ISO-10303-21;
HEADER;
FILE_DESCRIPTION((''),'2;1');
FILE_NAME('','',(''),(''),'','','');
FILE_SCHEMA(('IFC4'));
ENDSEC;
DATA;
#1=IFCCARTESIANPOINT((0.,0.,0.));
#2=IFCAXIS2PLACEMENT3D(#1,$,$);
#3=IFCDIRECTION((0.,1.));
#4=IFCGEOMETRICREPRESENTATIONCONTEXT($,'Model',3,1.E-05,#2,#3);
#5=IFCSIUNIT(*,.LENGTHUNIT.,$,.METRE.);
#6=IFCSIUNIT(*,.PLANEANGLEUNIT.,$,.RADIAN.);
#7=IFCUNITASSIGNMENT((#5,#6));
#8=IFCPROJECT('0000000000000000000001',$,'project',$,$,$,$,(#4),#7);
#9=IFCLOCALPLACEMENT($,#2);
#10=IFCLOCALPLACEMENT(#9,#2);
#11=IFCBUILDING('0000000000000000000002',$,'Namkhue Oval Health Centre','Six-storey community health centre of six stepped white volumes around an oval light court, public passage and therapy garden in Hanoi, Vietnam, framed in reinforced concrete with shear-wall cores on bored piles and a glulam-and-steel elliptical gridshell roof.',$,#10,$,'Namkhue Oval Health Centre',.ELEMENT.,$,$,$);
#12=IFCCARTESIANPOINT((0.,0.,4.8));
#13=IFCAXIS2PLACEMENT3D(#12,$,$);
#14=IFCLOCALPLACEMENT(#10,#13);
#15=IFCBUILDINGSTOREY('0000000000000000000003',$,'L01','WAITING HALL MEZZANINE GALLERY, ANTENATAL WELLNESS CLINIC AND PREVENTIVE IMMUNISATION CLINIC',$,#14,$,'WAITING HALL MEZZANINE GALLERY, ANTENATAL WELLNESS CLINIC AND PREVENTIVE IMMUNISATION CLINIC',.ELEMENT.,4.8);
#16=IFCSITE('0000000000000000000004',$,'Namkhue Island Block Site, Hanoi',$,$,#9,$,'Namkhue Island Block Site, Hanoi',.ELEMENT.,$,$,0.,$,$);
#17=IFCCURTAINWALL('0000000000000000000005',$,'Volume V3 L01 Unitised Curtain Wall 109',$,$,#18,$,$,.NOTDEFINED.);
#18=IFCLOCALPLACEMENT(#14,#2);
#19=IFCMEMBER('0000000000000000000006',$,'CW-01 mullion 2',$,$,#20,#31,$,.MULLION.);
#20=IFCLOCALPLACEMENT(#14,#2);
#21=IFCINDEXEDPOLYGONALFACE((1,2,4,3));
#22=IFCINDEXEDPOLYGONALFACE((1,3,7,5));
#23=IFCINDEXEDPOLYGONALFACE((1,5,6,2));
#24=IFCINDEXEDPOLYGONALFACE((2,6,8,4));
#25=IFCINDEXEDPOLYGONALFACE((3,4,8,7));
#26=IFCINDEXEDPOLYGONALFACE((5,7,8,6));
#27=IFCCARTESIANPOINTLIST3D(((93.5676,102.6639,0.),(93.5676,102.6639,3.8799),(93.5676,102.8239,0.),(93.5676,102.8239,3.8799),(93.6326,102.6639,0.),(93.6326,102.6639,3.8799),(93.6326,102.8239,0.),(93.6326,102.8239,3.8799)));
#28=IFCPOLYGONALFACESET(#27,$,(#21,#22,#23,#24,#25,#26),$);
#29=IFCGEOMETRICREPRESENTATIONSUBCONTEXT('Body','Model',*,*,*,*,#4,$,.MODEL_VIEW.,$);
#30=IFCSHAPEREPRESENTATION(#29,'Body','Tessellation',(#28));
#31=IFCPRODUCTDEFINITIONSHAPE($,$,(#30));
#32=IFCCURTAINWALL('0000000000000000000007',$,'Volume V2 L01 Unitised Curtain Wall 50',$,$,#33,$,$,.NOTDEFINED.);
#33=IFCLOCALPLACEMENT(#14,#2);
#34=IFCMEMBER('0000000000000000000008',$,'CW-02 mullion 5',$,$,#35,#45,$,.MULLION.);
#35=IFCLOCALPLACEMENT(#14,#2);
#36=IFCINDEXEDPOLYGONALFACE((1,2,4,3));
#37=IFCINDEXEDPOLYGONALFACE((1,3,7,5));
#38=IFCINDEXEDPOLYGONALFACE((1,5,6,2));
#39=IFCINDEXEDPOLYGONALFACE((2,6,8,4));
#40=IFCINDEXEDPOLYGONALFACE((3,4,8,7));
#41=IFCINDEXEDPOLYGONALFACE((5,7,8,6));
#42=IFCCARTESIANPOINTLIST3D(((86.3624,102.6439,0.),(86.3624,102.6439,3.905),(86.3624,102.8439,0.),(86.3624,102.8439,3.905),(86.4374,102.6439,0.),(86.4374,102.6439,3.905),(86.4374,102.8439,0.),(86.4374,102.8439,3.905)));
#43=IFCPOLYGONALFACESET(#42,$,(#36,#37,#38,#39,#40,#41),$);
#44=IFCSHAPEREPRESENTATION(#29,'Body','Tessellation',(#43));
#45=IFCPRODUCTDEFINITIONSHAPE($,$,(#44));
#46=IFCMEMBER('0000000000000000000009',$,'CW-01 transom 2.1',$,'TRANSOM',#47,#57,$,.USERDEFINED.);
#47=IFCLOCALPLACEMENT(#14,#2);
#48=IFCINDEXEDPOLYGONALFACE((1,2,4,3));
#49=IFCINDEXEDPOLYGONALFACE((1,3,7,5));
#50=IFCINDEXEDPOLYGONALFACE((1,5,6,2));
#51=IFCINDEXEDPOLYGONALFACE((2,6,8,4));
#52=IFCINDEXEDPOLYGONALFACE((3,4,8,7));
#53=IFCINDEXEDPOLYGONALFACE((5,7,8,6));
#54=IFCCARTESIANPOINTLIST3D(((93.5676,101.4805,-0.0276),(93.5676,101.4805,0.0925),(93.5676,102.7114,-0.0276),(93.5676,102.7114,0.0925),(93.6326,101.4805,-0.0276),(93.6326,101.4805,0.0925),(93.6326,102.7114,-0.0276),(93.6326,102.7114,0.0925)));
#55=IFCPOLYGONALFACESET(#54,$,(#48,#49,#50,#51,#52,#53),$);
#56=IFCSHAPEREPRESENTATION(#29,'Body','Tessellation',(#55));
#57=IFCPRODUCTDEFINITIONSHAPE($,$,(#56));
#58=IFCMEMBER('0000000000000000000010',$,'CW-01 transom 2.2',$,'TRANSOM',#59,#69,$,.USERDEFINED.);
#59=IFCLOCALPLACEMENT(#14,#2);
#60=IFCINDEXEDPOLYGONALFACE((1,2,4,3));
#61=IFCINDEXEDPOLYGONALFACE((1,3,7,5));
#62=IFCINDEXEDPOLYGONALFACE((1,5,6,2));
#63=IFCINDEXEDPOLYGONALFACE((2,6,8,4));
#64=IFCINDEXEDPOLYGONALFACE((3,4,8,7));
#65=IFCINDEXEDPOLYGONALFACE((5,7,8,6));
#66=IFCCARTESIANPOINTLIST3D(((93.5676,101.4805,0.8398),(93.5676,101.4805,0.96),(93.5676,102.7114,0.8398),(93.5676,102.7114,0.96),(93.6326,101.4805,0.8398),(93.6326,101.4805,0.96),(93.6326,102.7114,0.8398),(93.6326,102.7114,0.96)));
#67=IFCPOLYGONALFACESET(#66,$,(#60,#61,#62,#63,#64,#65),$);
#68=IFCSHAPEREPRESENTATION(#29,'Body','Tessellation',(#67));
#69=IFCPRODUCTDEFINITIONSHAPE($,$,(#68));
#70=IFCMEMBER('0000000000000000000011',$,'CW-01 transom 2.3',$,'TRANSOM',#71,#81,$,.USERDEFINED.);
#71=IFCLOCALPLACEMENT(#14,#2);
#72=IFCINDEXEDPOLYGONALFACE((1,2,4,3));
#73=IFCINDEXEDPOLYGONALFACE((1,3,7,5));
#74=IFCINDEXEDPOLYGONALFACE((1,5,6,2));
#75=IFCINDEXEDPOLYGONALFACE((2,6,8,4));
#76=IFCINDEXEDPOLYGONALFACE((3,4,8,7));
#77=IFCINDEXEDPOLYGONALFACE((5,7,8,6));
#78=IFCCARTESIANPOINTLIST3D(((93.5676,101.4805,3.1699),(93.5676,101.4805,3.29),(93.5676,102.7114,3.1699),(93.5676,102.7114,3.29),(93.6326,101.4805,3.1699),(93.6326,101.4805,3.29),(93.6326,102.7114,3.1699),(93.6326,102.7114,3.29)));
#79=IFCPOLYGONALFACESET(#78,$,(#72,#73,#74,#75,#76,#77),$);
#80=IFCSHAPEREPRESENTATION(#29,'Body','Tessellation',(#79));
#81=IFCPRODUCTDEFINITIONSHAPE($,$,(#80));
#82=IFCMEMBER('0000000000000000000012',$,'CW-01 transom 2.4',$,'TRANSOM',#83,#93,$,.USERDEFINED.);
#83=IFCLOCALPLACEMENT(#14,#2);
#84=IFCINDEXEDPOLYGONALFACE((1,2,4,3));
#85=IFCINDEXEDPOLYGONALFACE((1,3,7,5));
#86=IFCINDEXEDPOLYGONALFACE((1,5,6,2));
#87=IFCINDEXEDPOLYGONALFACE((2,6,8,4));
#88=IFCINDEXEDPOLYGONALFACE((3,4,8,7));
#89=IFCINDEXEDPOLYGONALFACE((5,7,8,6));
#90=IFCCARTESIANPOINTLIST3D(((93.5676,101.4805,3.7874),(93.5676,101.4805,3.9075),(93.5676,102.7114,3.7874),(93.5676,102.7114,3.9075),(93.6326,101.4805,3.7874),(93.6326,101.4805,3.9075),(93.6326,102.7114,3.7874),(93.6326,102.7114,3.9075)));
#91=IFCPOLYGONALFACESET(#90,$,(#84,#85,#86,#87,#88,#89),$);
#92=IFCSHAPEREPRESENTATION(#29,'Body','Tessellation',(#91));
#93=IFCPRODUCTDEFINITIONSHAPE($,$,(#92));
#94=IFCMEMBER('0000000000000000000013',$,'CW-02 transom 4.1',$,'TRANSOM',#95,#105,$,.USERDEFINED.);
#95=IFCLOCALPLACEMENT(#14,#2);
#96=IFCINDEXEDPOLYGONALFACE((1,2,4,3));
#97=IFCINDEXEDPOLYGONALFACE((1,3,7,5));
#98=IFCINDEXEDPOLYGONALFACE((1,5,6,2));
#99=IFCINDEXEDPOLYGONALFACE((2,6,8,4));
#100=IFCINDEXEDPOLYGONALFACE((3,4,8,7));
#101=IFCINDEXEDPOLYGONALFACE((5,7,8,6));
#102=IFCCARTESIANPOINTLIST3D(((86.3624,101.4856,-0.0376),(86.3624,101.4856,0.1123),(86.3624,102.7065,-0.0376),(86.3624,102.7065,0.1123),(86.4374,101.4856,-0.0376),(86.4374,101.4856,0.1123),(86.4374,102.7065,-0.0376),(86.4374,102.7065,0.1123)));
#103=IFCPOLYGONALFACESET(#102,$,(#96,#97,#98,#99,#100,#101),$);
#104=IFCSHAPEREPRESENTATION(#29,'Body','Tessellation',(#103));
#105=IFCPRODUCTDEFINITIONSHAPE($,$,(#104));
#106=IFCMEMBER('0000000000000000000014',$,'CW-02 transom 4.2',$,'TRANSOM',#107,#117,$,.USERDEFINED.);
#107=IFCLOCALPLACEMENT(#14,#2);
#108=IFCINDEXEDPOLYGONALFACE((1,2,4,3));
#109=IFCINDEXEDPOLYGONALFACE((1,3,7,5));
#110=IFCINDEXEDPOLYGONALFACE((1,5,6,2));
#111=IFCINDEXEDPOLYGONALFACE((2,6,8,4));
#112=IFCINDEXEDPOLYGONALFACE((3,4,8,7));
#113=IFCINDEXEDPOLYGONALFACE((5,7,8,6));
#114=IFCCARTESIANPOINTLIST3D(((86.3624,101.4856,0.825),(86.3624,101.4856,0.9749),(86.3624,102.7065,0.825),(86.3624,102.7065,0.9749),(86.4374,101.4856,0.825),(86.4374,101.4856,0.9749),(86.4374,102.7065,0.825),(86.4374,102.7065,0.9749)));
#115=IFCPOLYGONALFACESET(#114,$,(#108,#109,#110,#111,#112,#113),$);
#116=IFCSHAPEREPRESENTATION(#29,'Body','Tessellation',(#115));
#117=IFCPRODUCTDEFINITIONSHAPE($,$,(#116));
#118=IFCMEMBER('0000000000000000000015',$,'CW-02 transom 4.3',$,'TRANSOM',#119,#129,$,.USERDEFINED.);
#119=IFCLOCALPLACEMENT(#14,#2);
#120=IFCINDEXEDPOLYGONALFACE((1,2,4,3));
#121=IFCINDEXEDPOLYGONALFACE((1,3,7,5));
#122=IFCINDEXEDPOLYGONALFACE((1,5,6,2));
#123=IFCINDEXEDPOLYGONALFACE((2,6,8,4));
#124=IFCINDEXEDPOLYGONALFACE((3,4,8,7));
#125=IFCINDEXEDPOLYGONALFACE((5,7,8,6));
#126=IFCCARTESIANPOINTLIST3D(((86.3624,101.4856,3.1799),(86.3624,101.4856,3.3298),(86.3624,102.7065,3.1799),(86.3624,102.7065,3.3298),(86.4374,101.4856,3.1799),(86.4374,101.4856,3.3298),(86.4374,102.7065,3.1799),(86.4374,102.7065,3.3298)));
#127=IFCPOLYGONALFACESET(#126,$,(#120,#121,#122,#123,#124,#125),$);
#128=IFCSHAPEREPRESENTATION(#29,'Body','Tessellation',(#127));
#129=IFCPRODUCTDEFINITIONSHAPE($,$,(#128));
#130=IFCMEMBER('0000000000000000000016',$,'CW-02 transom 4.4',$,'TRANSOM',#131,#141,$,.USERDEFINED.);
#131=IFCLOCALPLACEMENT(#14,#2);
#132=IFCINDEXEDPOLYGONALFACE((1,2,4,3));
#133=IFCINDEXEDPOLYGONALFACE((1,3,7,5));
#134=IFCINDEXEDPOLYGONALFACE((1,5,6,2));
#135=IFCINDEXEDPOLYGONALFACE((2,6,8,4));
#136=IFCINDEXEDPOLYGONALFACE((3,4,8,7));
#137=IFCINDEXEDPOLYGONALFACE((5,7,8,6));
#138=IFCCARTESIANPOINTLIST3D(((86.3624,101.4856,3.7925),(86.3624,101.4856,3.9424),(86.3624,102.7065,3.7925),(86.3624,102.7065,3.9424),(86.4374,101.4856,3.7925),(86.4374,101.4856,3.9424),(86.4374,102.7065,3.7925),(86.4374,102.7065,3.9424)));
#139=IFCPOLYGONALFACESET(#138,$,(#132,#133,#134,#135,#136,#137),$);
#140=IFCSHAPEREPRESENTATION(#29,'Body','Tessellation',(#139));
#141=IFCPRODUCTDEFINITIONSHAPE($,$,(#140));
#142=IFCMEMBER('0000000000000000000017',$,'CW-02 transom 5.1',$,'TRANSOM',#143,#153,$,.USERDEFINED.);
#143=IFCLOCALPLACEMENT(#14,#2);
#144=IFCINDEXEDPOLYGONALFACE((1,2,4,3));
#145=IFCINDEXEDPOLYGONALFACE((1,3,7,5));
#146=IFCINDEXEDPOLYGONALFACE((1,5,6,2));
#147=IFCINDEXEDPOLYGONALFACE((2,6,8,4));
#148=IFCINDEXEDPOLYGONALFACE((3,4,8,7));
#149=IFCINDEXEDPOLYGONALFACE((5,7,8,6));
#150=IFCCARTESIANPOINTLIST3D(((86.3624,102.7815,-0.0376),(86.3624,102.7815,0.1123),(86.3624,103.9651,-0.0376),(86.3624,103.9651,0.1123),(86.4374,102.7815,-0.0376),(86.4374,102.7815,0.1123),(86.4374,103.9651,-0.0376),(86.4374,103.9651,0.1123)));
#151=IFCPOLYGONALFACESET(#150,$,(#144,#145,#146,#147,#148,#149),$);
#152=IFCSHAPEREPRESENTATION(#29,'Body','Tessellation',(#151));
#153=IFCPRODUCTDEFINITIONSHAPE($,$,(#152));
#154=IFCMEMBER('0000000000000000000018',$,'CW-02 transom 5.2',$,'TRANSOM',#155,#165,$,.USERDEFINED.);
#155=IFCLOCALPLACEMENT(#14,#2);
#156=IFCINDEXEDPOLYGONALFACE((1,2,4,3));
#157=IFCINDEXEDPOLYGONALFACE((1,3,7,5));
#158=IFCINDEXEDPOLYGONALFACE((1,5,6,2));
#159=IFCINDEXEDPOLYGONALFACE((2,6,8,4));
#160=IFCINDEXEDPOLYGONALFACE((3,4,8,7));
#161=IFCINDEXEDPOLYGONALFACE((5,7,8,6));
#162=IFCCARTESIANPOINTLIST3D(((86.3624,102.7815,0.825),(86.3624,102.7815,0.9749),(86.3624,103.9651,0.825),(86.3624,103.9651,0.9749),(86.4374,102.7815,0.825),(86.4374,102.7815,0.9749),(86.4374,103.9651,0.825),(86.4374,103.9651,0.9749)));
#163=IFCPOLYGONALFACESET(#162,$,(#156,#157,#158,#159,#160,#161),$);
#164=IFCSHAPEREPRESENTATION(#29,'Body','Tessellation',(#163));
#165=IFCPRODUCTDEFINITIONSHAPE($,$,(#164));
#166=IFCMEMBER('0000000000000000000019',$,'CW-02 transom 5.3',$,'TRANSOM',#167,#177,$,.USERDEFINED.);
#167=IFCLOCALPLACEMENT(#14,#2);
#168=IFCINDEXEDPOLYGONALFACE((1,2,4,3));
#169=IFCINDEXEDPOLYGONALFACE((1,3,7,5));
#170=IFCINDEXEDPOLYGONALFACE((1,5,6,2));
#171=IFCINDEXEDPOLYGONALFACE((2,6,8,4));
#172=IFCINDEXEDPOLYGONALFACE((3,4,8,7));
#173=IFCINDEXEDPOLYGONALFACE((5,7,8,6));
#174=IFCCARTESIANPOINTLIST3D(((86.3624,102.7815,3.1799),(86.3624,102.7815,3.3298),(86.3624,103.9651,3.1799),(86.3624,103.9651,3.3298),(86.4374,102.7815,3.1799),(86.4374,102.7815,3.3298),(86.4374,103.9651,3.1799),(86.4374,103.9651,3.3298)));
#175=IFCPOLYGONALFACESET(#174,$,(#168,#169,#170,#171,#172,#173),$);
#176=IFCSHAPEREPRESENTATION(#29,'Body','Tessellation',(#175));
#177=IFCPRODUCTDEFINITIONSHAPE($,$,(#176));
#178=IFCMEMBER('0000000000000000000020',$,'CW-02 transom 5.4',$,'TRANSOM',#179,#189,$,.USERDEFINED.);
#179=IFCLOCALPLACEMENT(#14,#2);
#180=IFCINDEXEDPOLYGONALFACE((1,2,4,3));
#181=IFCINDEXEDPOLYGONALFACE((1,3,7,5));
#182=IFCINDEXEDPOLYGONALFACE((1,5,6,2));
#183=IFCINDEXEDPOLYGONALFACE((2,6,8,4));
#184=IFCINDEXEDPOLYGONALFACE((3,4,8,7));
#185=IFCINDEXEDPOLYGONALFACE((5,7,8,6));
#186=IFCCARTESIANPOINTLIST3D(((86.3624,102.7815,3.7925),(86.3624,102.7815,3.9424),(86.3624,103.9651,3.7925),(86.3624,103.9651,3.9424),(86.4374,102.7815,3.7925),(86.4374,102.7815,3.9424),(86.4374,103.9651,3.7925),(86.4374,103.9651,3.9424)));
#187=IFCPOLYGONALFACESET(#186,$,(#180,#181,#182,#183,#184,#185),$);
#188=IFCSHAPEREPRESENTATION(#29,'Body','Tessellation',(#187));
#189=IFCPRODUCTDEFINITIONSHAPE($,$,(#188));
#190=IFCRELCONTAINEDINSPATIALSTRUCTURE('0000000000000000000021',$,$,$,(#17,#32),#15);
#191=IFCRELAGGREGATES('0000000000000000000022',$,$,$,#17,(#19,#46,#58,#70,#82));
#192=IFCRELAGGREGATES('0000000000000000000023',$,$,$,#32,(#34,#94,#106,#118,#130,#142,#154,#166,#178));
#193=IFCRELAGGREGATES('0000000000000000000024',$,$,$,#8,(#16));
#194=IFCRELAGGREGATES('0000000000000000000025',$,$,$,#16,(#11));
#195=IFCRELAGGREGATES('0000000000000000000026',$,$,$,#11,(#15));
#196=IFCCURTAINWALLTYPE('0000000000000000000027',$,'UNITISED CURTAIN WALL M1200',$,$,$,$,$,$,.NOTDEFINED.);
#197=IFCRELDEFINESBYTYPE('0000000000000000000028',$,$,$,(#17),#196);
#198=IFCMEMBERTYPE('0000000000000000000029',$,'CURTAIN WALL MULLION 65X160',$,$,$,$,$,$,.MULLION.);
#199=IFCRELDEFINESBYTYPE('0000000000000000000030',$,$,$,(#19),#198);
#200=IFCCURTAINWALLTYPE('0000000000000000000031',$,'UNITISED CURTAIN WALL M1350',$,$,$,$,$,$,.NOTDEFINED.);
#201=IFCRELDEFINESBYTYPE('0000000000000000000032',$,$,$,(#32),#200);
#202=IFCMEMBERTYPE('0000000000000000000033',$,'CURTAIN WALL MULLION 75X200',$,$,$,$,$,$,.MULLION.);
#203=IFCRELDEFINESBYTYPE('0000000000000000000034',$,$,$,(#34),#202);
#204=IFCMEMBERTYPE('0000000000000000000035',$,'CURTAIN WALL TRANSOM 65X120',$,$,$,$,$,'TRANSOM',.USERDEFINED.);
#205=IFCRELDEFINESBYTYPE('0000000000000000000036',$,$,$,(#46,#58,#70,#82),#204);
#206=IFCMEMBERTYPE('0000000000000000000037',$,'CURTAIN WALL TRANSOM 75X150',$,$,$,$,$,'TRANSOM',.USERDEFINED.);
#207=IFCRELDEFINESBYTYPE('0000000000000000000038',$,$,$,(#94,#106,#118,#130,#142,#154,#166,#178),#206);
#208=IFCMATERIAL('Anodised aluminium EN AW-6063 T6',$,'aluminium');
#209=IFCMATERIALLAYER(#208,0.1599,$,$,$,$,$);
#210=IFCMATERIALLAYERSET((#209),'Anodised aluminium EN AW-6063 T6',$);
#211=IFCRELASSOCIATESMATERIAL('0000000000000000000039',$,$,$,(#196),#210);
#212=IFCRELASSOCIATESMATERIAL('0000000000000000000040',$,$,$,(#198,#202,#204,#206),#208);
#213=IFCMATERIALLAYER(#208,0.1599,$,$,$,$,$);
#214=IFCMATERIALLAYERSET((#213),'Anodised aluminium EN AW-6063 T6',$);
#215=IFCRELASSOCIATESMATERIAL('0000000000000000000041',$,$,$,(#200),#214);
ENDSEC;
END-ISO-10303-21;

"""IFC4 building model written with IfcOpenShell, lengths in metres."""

from ifc_helpers import new_model, si_unit, direction, frame, origin, origin_2d, place, context, subcontext, project, spatial, rectangle, extrude, material, layer, layer_set, material_profile, profile_set, type_object, element, aggregate, save


model = new_model("IFC4")

# Units and contexts
model_context = context("Model", 3, precision=1e-05, world=origin(), true_north=direction((0.0, 1.0)))
body_context = subcontext(model_context, "Body", "Model", "MODEL_VIEW")
ifc_project = project(units=[si_unit("LENGTHUNIT", "METRE"), si_unit("PLANEANGLEUNIT", "RADIAN")], contexts=[model_context])

# Site, building, storey
site_placement = place(None, origin())
site = spatial("IfcSite", under=ifc_project, at=site_placement, Name="Namkhue Island Block Site, Hanoi", LongName="Namkhue Island Block Site, Hanoi", CompositionType="ELEMENT", RefElevation=0.0)
building_placement = place(site_placement, origin())
building = spatial("IfcBuilding", under=site, at=building_placement, Name="Namkhue Oval Health Centre", Description="Six-storey community health centre of six stepped white volumes around an oval light court, public passage and therapy garden in Hanoi, Vietnam, framed in reinforced concrete with shear-wall cores on bored piles and a glulam-and-steel elliptical gridshell roof.", LongName="Namkhue Oval Health Centre", CompositionType="ELEMENT")
storey_placement = place(building_placement, frame((0.0, 0.0, 4.8)))
storey = spatial("IfcBuildingStorey", under=building, at=storey_placement, Name="L01", Description="WAITING HALL MEZZANINE GALLERY, ANTENATAL WELLNESS CLINIC AND PREVENTIVE IMMUNISATION CLINIC", LongName="WAITING HALL MEZZANINE GALLERY, ANTENATAL WELLNESS CLINIC AND PREVENTIVE IMMUNISATION CLINIC", CompositionType="ELEMENT", Elevation=4.8)

# Curtain walls, members
ifc_material_1 = material(Name="Anodised aluminium EN AW-6063 T6", Category="aluminium")
ifc_layer_1 = layer(ifc_material_1, 0.1599)
ifc_layer_set_1 = layer_set([ifc_layer_1], Name="Anodised aluminium EN AW-6063 T6")
curtain_wall_type_1 = type_object("IfcCurtainWallType", Name="UNITISED CURTAIN WALL M1200", PredefinedType="NOTDEFINED", material=ifc_layer_set_1)
curtain_wall_1_placement = place(storey_placement, origin())
curtain_wall_1 = element("IfcCurtainWall", 1, at=curtain_wall_1_placement, inside=storey, type_object=curtain_wall_type_1, Name="Volume V3 L01 Unitised Curtain Wall 109", PredefinedType="NOTDEFINED")
ifc_material_profile_1 = material_profile(ifc_material_1, rectangle(XDim=0.0649, YDim=0.1599, at=origin_2d()), Name="ALU 65x160")
ifc_profile_set_1 = profile_set([ifc_material_profile_1], Name="Anodised aluminium EN AW-6063 T6")
member_type_1 = type_object("IfcMemberType", Name="CURTAIN WALL MULLION 65X160", PredefinedType="MULLION", material=ifc_profile_set_1)
member_1_placement = place(storey_placement, frame((93.6001, 102.7439, 0.0), z_axis=(0.0, 0.0, 1.0), x_axis=(1.0, 0.0, 0.0)))
member_1 = element("IfcMember", 2, at=member_1_placement, type_object=member_type_1, Name="CW-01 mullion 2", PredefinedType="MULLION", context=body_context, shape_type="SweptSolid", body=[
    extrude(rectangle(XDim=0.0649, YDim=0.1599, at=origin_2d()), origin(), (0.0, 0.0, 1.0), 3.8799),
])
ifc_layer_2 = layer(ifc_material_1, 0.1599)
ifc_layer_set_2 = layer_set([ifc_layer_2], Name="Anodised aluminium EN AW-6063 T6")
curtain_wall_type_2 = type_object("IfcCurtainWallType", Name="UNITISED CURTAIN WALL M1350", PredefinedType="NOTDEFINED", material=ifc_layer_set_2)
curtain_wall_2_placement = place(storey_placement, origin())
curtain_wall_2 = element("IfcCurtainWall", 3, at=curtain_wall_2_placement, inside=storey, type_object=curtain_wall_type_2, Name="Volume V2 L01 Unitised Curtain Wall 50", PredefinedType="NOTDEFINED")
ifc_material_profile_2 = material_profile(ifc_material_1, rectangle(XDim=0.075, YDim=0.2, at=origin_2d()), Name="ALU 75x200")
ifc_profile_set_2 = profile_set([ifc_material_profile_2], Name="Anodised aluminium EN AW-6063 T6")
member_type_2 = type_object("IfcMemberType", Name="CURTAIN WALL MULLION 75X200", PredefinedType="MULLION", material=ifc_profile_set_2)
member_2_placement = place(storey_placement, frame((86.3999, 102.7439, 0.0), z_axis=(0.0, 0.0, 1.0), x_axis=(-1.0, 0.0, 0.0)))
member_2 = element("IfcMember", 4, at=member_2_placement, type_object=member_type_2, Name="CW-02 mullion 5", PredefinedType="MULLION", context=body_context, shape_type="SweptSolid", body=[
    extrude(rectangle(XDim=0.075, YDim=0.2, at=origin_2d()), origin(), (0.0, 0.0, 1.0), 3.905),
])

# Members
ifc_material_profile_3 = material_profile(ifc_material_1, rectangle(XDim=0.0649, YDim=0.1201, at=origin_2d()), Name="ALU 65x120")
ifc_profile_set_3 = profile_set([ifc_material_profile_3], Name="Anodised aluminium EN AW-6063 T6")
member_type_3 = type_object("IfcMemberType", Name="CURTAIN WALL TRANSOM 65X120", ElementType="TRANSOM", PredefinedType="USERDEFINED", material=ifc_profile_set_3)
member_3_placement = place(storey_placement, frame((93.6001, 102.7114, 0.0325), z_axis=(0.0, -1.0, 0.0), x_axis=(1.0, 0.0, 0.0)))
member_3 = element("IfcMember", 5, at=member_3_placement, type_object=member_type_3, Name="CW-01 transom 2.1", ObjectType="TRANSOM", PredefinedType="USERDEFINED", context=body_context, shape_type="SweptSolid", body=[
    extrude(rectangle(XDim=0.0649, YDim=0.1201, at=origin_2d()), origin(), (0.0, 0.0, 1.0), 1.231),
])
member_4_placement = place(storey_placement, frame((93.6001, 102.7114, 0.8999), z_axis=(0.0, -1.0, 0.0), x_axis=(1.0, 0.0, 0.0)))
member_4 = element("IfcMember", 6, at=member_4_placement, type_object=member_type_3, Name="CW-01 transom 2.2", ObjectType="TRANSOM", PredefinedType="USERDEFINED", context=body_context, shape_type="SweptSolid", body=[
    extrude(rectangle(XDim=0.0649, YDim=0.1201, at=origin_2d()), origin(), (0.0, 0.0, 1.0), 1.231),
])
member_5_placement = place(storey_placement, frame((93.6001, 102.7114, 3.23), z_axis=(0.0, -1.0, 0.0), x_axis=(1.0, 0.0, 0.0)))
member_5 = element("IfcMember", 7, at=member_5_placement, type_object=member_type_3, Name="CW-01 transom 2.3", ObjectType="TRANSOM", PredefinedType="USERDEFINED", context=body_context, shape_type="SweptSolid", body=[
    extrude(rectangle(XDim=0.0649, YDim=0.1201, at=origin_2d()), origin(), (0.0, 0.0, 1.0), 1.231),
])
member_6_placement = place(storey_placement, frame((93.6001, 102.7114, 3.8474), z_axis=(0.0, -1.0, 0.0), x_axis=(1.0, 0.0, 0.0)))
member_6 = element("IfcMember", 8, at=member_6_placement, type_object=member_type_3, Name="CW-01 transom 2.4", ObjectType="TRANSOM", PredefinedType="USERDEFINED", context=body_context, shape_type="SweptSolid", body=[
    extrude(rectangle(XDim=0.0649, YDim=0.1201, at=origin_2d()), origin(), (0.0, 0.0, 1.0), 1.231),
])
ifc_material_profile_4 = material_profile(ifc_material_1, rectangle(XDim=0.075, YDim=0.1499, at=origin_2d()), Name="ALU 75x150")
ifc_profile_set_4 = profile_set([ifc_material_profile_4], Name="Anodised aluminium EN AW-6063 T6")
member_type_4 = type_object("IfcMemberType", Name="CURTAIN WALL TRANSOM 75X150", ElementType="TRANSOM", PredefinedType="USERDEFINED", material=ifc_profile_set_4)
member_7_placement = place(storey_placement, frame((86.3999, 101.4856, 0.0374), z_axis=(0.0, 1.0, 0.0), x_axis=(-1.0, 0.0, 0.0)))
member_7 = element("IfcMember", 9, at=member_7_placement, type_object=member_type_4, Name="CW-02 transom 4.1", ObjectType="TRANSOM", PredefinedType="USERDEFINED", context=body_context, shape_type="SweptSolid", body=[
    extrude(rectangle(XDim=0.075, YDim=0.1499, at=origin_2d()), origin(), (0.0, 0.0, 1.0), 1.2209),
])
member_8_placement = place(storey_placement, frame((86.3999, 101.4856, 0.8999), z_axis=(0.0, 1.0, 0.0), x_axis=(-1.0, 0.0, 0.0)))
member_8 = element("IfcMember", 10, at=member_8_placement, type_object=member_type_4, Name="CW-02 transom 4.2", ObjectType="TRANSOM", PredefinedType="USERDEFINED", context=body_context, shape_type="SweptSolid", body=[
    extrude(rectangle(XDim=0.075, YDim=0.1499, at=origin_2d()), origin(), (0.0, 0.0, 1.0), 1.2209),
])
member_9_placement = place(storey_placement, frame((86.3999, 101.4856, 3.2549), z_axis=(0.0, 1.0, 0.0), x_axis=(-1.0, 0.0, 0.0)))
member_9 = element("IfcMember", 11, at=member_9_placement, type_object=member_type_4, Name="CW-02 transom 4.3", ObjectType="TRANSOM", PredefinedType="USERDEFINED", context=body_context, shape_type="SweptSolid", body=[
    extrude(rectangle(XDim=0.075, YDim=0.1499, at=origin_2d()), origin(), (0.0, 0.0, 1.0), 1.2209),
])
member_10_placement = place(storey_placement, frame((86.3999, 101.4856, 3.8674), z_axis=(0.0, 1.0, 0.0), x_axis=(-1.0, 0.0, 0.0)))
member_10 = element("IfcMember", 12, at=member_10_placement, type_object=member_type_4, Name="CW-02 transom 4.4", ObjectType="TRANSOM", PredefinedType="USERDEFINED", context=body_context, shape_type="SweptSolid", body=[
    extrude(rectangle(XDim=0.075, YDim=0.1499, at=origin_2d()), origin(), (0.0, 0.0, 1.0), 1.2209),
])
member_11_placement = place(storey_placement, frame((86.3999, 102.7815, 0.0374), z_axis=(0.0, 1.0, 0.0), x_axis=(-1.0, 0.0, 0.0)))
member_11 = element("IfcMember", 13, at=member_11_placement, type_object=member_type_4, Name="CW-02 transom 5.1", ObjectType="TRANSOM", PredefinedType="USERDEFINED", context=body_context, shape_type="SweptSolid", body=[
    extrude(rectangle(XDim=0.075, YDim=0.1499, at=origin_2d()), origin(), (0.0, 0.0, 1.0), 1.1836),
])
member_12_placement = place(storey_placement, frame((86.3999, 102.7815, 0.8999), z_axis=(0.0, 1.0, 0.0), x_axis=(-1.0, 0.0, 0.0)))
member_12 = element("IfcMember", 14, at=member_12_placement, type_object=member_type_4, Name="CW-02 transom 5.2", ObjectType="TRANSOM", PredefinedType="USERDEFINED", context=body_context, shape_type="SweptSolid", body=[
    extrude(rectangle(XDim=0.075, YDim=0.1499, at=origin_2d()), origin(), (0.0, 0.0, 1.0), 1.1836),
])
member_13_placement = place(storey_placement, frame((86.3999, 102.7815, 3.2549), z_axis=(0.0, 1.0, 0.0), x_axis=(-1.0, 0.0, 0.0)))
member_13 = element("IfcMember", 15, at=member_13_placement, type_object=member_type_4, Name="CW-02 transom 5.3", ObjectType="TRANSOM", PredefinedType="USERDEFINED", context=body_context, shape_type="SweptSolid", body=[
    extrude(rectangle(XDim=0.075, YDim=0.1499, at=origin_2d()), origin(), (0.0, 0.0, 1.0), 1.1836),
])
member_14_placement = place(storey_placement, frame((86.3999, 102.7815, 3.8674), z_axis=(0.0, 1.0, 0.0), x_axis=(-1.0, 0.0, 0.0)))
member_14 = element("IfcMember", 16, at=member_14_placement, type_object=member_type_4, Name="CW-02 transom 5.4", ObjectType="TRANSOM", PredefinedType="USERDEFINED", context=body_context, shape_type="SweptSolid", body=[
    extrude(rectangle(XDim=0.075, YDim=0.1499, at=origin_2d()), origin(), (0.0, 0.0, 1.0), 1.1836),
])

aggregate(curtain_wall_1, [member_1, member_3, member_4, member_5, member_6])
aggregate(curtain_wall_2, [member_2, member_7, member_8, member_9, member_10, member_11, member_12, member_13, member_14])

save(model, "model.ifc")
